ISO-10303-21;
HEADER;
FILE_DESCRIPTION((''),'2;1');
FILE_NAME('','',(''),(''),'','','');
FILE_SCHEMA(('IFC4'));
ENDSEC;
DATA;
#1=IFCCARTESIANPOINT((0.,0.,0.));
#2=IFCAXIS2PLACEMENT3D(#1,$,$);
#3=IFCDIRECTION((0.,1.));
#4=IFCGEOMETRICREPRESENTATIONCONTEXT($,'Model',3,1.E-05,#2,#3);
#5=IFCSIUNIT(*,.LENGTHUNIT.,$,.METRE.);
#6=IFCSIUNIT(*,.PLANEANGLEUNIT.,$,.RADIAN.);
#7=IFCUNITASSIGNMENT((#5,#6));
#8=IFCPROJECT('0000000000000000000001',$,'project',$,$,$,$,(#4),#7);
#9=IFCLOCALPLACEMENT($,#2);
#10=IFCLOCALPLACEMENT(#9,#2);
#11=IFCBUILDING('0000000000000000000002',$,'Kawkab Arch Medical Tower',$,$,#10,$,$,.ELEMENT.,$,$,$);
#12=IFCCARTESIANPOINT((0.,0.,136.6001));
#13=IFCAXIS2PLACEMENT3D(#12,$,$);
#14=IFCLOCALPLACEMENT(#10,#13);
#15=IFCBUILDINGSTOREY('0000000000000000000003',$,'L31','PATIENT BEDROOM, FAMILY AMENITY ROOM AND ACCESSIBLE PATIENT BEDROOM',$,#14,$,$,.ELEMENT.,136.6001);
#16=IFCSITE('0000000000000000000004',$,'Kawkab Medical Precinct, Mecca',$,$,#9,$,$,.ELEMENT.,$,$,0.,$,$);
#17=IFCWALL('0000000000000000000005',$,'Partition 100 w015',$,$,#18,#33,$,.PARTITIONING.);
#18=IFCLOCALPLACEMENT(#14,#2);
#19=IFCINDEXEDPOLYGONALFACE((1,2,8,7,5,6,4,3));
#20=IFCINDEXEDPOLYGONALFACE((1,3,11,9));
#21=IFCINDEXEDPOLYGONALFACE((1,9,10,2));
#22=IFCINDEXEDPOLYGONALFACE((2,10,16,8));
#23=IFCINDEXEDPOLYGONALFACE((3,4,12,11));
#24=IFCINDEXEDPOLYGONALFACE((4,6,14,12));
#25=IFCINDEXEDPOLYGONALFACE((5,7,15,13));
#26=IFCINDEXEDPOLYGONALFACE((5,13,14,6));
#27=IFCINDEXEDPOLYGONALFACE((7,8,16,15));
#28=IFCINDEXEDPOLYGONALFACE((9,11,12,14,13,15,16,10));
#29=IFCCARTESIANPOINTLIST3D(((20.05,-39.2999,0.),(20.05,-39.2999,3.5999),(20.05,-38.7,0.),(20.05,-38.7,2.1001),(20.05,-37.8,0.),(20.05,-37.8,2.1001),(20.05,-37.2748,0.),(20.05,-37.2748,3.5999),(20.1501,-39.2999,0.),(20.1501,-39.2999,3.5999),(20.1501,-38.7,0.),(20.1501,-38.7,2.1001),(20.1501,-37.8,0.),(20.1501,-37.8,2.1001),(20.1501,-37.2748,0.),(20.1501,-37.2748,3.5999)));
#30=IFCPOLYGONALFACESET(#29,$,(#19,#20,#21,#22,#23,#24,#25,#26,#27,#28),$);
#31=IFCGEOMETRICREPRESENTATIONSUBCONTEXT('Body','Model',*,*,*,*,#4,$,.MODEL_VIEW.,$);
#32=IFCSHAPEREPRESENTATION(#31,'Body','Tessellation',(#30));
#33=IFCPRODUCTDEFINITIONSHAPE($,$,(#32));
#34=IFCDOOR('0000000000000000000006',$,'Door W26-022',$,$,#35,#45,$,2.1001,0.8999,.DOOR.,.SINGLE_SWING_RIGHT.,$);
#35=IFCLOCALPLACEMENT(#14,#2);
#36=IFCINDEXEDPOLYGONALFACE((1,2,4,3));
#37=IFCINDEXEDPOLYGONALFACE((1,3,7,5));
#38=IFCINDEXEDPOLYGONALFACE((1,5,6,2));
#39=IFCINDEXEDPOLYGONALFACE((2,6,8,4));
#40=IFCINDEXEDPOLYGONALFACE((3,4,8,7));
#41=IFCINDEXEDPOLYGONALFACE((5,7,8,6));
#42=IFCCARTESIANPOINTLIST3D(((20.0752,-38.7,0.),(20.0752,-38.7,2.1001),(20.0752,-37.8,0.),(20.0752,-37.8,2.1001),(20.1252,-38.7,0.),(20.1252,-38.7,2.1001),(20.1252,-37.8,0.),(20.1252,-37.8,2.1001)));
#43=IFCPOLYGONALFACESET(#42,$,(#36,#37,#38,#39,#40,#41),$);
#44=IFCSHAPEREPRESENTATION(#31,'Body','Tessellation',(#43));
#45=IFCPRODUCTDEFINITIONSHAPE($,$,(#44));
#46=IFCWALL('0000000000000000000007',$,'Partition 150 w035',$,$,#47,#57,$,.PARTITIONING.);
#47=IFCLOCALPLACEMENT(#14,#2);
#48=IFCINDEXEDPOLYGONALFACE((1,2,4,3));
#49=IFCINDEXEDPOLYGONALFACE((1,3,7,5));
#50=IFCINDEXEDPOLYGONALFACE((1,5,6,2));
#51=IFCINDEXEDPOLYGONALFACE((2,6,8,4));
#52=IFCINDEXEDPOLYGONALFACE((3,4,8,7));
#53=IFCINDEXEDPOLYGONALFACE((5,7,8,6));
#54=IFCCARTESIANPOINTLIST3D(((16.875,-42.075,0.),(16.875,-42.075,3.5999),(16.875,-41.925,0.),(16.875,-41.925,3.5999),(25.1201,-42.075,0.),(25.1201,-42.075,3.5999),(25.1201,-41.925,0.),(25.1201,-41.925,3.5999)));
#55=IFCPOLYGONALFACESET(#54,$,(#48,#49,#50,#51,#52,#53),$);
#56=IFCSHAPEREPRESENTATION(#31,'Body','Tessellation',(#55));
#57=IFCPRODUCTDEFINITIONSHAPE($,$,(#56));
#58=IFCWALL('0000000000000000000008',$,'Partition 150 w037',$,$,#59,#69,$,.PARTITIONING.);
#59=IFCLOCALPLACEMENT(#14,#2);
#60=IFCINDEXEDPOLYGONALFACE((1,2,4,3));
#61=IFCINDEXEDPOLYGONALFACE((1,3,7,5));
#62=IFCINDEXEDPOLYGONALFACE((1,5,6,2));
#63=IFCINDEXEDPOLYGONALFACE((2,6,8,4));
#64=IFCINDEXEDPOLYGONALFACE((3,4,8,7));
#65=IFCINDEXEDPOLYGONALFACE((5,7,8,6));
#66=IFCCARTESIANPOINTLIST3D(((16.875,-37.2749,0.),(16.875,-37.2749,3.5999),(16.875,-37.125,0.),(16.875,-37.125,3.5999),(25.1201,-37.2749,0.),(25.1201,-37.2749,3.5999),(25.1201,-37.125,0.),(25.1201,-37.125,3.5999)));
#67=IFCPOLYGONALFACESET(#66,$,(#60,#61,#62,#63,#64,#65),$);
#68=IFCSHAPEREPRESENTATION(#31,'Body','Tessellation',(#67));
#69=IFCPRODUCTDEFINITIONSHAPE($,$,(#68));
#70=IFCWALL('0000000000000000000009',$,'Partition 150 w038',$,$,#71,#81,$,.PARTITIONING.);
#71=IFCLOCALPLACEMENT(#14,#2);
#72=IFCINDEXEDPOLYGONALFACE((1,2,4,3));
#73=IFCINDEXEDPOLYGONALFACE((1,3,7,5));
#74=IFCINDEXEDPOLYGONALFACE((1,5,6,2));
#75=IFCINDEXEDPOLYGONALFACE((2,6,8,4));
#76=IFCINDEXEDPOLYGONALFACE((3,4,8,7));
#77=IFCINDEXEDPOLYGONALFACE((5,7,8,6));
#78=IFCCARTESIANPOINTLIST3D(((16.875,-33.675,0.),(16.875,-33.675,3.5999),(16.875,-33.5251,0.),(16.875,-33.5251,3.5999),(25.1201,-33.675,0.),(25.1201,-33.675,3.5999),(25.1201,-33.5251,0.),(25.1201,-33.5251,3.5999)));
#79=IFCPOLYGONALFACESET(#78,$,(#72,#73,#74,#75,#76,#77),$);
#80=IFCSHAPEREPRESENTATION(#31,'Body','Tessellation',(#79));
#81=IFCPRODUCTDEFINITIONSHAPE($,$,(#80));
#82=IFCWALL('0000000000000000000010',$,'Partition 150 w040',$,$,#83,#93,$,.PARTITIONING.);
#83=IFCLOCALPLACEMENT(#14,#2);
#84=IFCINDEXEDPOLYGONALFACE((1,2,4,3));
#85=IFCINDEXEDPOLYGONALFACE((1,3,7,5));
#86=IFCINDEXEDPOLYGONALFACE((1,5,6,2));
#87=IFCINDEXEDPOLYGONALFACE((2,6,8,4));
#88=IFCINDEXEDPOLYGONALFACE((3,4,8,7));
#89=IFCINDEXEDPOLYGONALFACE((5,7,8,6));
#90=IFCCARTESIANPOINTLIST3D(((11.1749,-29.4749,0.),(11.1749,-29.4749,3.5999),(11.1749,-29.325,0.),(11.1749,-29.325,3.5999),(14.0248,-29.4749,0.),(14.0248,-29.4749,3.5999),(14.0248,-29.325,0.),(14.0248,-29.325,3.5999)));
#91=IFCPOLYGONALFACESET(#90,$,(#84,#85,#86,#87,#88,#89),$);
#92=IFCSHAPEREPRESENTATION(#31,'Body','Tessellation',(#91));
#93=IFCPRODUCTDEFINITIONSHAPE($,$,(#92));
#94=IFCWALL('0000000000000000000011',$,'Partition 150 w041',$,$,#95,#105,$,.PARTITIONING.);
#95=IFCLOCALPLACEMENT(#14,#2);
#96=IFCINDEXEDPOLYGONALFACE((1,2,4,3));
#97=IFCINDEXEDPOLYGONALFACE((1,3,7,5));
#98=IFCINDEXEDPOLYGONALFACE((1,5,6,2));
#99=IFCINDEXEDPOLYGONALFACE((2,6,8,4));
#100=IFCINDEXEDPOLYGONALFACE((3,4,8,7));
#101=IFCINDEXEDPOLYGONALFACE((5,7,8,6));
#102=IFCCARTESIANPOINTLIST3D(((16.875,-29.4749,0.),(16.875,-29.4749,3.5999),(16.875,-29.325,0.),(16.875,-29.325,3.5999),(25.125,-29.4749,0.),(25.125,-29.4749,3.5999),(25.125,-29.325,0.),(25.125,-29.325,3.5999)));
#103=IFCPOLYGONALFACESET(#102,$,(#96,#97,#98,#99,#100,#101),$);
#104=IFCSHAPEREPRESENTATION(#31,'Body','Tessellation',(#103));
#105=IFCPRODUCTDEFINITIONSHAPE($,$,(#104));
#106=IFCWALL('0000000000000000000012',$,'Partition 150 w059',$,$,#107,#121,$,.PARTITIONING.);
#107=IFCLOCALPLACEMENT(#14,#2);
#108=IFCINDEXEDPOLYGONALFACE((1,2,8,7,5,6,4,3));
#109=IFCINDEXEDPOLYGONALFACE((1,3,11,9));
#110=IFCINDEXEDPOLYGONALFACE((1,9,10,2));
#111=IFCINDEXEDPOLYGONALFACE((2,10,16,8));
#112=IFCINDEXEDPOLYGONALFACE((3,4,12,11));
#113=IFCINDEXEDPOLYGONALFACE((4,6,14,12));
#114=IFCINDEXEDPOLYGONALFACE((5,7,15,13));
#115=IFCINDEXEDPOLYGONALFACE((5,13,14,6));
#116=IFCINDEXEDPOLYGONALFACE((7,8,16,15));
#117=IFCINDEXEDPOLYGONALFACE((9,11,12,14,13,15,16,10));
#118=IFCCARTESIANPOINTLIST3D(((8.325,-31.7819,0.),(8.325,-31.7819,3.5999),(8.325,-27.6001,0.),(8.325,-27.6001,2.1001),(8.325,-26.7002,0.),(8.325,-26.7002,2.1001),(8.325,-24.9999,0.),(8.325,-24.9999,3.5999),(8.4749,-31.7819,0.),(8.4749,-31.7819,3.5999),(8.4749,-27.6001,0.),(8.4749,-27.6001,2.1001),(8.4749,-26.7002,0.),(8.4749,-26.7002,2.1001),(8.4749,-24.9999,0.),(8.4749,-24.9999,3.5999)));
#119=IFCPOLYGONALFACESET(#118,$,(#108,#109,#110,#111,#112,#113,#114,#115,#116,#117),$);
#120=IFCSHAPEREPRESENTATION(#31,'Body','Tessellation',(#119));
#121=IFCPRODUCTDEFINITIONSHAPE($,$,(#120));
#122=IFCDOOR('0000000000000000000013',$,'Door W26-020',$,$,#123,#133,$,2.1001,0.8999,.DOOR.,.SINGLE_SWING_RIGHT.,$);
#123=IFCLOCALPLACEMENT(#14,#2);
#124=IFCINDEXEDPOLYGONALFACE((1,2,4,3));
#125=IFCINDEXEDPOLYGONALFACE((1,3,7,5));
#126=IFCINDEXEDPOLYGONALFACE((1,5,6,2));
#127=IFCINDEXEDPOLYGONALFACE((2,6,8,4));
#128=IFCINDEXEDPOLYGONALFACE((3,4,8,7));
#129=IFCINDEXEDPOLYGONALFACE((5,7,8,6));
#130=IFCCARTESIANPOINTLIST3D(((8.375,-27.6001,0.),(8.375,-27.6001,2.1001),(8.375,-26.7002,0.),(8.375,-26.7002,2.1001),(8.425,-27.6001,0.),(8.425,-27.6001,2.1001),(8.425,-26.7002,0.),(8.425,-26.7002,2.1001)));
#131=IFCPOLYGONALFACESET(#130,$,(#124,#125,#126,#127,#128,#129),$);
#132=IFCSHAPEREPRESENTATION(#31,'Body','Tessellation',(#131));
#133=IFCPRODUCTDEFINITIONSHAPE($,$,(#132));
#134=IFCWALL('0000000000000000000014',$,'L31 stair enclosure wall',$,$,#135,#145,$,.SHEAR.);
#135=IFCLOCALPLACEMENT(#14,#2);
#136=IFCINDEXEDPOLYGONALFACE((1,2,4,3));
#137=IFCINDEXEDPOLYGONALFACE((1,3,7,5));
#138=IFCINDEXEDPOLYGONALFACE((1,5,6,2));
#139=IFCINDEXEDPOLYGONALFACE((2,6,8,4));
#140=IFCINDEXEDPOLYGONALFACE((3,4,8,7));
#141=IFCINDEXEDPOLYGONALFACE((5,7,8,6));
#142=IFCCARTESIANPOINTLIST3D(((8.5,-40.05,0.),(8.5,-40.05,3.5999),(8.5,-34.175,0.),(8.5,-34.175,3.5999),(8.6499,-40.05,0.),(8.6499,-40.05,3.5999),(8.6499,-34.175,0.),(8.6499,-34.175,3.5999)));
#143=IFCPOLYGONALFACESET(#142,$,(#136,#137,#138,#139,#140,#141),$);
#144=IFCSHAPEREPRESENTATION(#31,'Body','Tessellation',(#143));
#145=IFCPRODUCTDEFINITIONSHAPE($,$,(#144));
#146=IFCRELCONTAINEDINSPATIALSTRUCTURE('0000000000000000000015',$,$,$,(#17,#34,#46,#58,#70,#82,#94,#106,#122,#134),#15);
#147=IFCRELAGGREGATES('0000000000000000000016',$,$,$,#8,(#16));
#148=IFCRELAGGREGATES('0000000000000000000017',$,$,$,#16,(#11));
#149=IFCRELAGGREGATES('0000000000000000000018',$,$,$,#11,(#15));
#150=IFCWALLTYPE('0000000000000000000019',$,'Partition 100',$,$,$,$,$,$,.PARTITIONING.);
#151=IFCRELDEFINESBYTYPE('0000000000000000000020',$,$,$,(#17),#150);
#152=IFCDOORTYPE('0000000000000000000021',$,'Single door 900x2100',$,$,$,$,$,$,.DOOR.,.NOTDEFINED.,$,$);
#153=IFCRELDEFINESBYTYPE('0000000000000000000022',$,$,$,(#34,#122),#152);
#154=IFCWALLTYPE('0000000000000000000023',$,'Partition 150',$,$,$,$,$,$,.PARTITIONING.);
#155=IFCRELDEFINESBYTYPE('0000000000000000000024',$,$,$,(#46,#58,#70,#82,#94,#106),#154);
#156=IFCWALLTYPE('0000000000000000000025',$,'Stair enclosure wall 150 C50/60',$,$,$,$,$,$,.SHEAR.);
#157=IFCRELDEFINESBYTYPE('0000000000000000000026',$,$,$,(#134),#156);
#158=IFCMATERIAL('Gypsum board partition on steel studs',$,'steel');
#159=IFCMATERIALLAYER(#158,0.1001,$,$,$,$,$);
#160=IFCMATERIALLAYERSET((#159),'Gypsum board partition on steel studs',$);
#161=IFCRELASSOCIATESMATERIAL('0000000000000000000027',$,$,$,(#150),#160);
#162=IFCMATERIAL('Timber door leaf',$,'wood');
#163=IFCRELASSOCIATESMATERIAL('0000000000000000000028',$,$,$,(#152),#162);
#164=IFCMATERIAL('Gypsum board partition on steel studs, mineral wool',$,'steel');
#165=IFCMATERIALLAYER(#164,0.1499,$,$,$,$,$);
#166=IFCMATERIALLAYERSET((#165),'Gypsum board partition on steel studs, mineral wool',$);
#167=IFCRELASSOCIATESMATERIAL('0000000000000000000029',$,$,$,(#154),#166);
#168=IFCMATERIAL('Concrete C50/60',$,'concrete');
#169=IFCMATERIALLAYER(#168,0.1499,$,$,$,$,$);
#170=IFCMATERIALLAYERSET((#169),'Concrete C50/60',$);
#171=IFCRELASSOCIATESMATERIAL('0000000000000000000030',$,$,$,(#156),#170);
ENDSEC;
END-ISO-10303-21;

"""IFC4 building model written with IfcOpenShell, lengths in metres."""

from ifc_helpers import new_model, si_unit, direction, frame, frame_2d, origin, place, context, subcontext, project, spatial, rectangle, extrude, material, layer, layer_set, type_object, element, fill, save


model = new_model("IFC4")

# Units and contexts
model_context = context("Model", 3, precision=1e-05, world=origin(), true_north=direction((0.0, 1.0)))
body_context = subcontext(model_context, "Body", "Model", "MODEL_VIEW")
ifc_project = project(units=[si_unit("LENGTHUNIT", "METRE"), si_unit("PLANEANGLEUNIT", "RADIAN")], contexts=[model_context])

# Site, building, storey
site_placement = place(None, origin())
site = spatial("IfcSite", under=ifc_project, at=site_placement, Name="Kawkab Medical Precinct, Mecca", CompositionType="ELEMENT", RefElevation=0.0)
building_placement = place(site_placement, origin())
building = spatial("IfcBuilding", under=site, at=building_placement, Name="Kawkab Arch Medical Tower", CompositionType="ELEMENT")
storey_placement = place(building_placement, frame((0.0, 0.0, 136.6001)))
storey = spatial("IfcBuildingStorey", under=building, at=storey_placement, Name="L31", Description="PATIENT BEDROOM, FAMILY AMENITY ROOM AND ACCESSIBLE PATIENT BEDROOM", CompositionType="ELEMENT", Elevation=136.6001)

# Shared definitions
ifc_material_1 = material(Name="Gypsum board partition on steel studs", Category="steel")
ifc_layer_1 = layer(ifc_material_1, 0.1001)
ifc_layer_set_1 = layer_set([ifc_layer_1], Name="Gypsum board partition on steel studs")
wall_type_1 = type_object("IfcWallType", Name="Partition 100", PredefinedType="PARTITIONING", material=ifc_layer_set_1)

# Wall, opening, door
wall_1_placement = place(storey_placement, frame((20.1001, -39.3, 0.0), z_axis=(0.0, 0.0, 1.0), x_axis=(0.0, 1.0, 0.0)))
wall_1 = element("IfcWall", 1, at=wall_1_placement, inside=storey, type_object=wall_type_1, Name="Partition 100 w015", PredefinedType="PARTITIONING", context=body_context, shape_type="SweptSolid", body=[
    extrude(rectangle(XDim=2.0251, YDim=0.1001, at=frame_2d((1.0127, 0.0))), origin(), (0.0, 0.0, 1.0), 3.5999),
])
opening_1_placement = place(wall_1_placement, frame((0.6001, 0.0, 0.0)))
opening_1 = element("IfcOpeningElement", 2, at=opening_1_placement, cuts=wall_1, PredefinedType="OPENING", context=body_context, shape_type="SweptSolid", body=[
    extrude(rectangle(XDim=0.8999, YDim=2.1001, at=frame_2d((0.45, 1.05))), frame((0.0, 0.0601, 0.0), z_axis=(0.0, -1.0, 0.0), x_axis=(1.0, 0.0, 0.0)), (0.0, 0.0, 1.0), 0.1201),
])
ifc_material_2 = material(Name="Timber door leaf", Category="wood")
door_type_1 = type_object("IfcDoorType", Name="Single door 900x2100", OperationType="NOTDEFINED", PredefinedType="DOOR", material=ifc_material_2)
door_1_placement = place(opening_1_placement, origin())
door_1 = element("IfcDoor", 3, at=door_1_placement, inside=storey, type_object=door_type_1, Name="Door W26-022", OperationType="SINGLE_SWING_RIGHT", OverallHeight=2.1001, OverallWidth=0.8999, PredefinedType="DOOR", context=body_context, shape_type="SweptSolid", body=[
    extrude(rectangle(XDim=0.8999, YDim=2.1001, at=frame_2d((0.45, 1.05))), frame((0.0, 0.0249, 0.0), z_axis=(0.0, -1.0, 0.0), x_axis=(1.0, 0.0, 0.0)), (0.0, 0.0, 1.0), 0.05),
])
fill(opening_1, door_1)

# Walls
ifc_material_3 = material(Name="Gypsum board partition on steel studs, mineral wool", Category="steel")
ifc_layer_2 = layer(ifc_material_3, 0.1499)
ifc_layer_set_2 = layer_set([ifc_layer_2], Name="Gypsum board partition on steel studs, mineral wool")
wall_type_2 = type_object("IfcWallType", Name="Partition 150", PredefinedType="PARTITIONING", material=ifc_layer_set_2)
for number, where, z_axis, x_axis, name in (
    (4, (16.875, -42.0, 0.0), (0.0, 0.0, 1.0), (1.0, 0.0, 0.0), "Partition 150 w035"),
    (5, (16.875, -37.2, 0.0), (0.0, 0.0, 1.0), (1.0, 0.0, 0.0), "Partition 150 w037"),
    (6, (16.875, -33.6001, 0.0), (0.0, 0.0, 1.0), (1.0, 0.0, 0.0), "Partition 150 w038"),
):
    element("IfcWall", number, at=place(storey_placement, frame(where, z_axis=z_axis, x_axis=x_axis)), inside=storey, type_object=wall_type_2, Name=name, PredefinedType="PARTITIONING", context=body_context, shape_type="SweptSolid", body=[
        extrude(rectangle(XDim=8.2451, YDim=0.1499, at=frame_2d((4.1226, 0.0))), origin(), (0.0, 0.0, 1.0), 3.5999),
    ])
wall_2_placement = place(storey_placement, frame((11.175, -29.3999, 0.0), z_axis=(0.0, 0.0, 1.0), x_axis=(1.0, 0.0, 0.0)))
element("IfcWall", 7, at=wall_2_placement, inside=storey, type_object=wall_type_2, Name="Partition 150 w040", PredefinedType="PARTITIONING", context=body_context, shape_type="SweptSolid", body=[
    extrude(rectangle(XDim=2.8499, YDim=0.1499, at=frame_2d((1.4248, 0.0))), origin(), (0.0, 0.0, 1.0), 3.5999),
])
wall_3_placement = place(storey_placement, frame((16.875, -29.3999, 0.0), z_axis=(0.0, 0.0, 1.0), x_axis=(1.0, 0.0, 0.0)))
element("IfcWall", 8, at=wall_3_placement, inside=storey, type_object=wall_type_2, Name="Partition 150 w041", PredefinedType="PARTITIONING", context=body_context, shape_type="SweptSolid", body=[
    extrude(rectangle(XDim=8.25, YDim=0.1499, at=frame_2d((4.125, 0.0))), origin(), (0.0, 0.0, 1.0), 3.5999),
])

# Wall, opening, door
wall_4_placement = place(storey_placement, frame((8.3999, -31.782, 0.0), z_axis=(0.0, 0.0, 1.0), x_axis=(0.0, 1.0, 0.0)))
wall_4 = element("IfcWall", 9, at=wall_4_placement, inside=storey, type_object=wall_type_2, Name="Partition 150 w059", PredefinedType="PARTITIONING", context=body_context, shape_type="SweptSolid", body=[
    extrude(rectangle(XDim=6.782, YDim=0.1499, at=frame_2d((3.3911, 0.0))), origin(), (0.0, 0.0, 1.0), 3.5999),
])
opening_2_placement = place(wall_4_placement, frame((4.1819, 0.0, 0.0)))
opening_2 = element("IfcOpeningElement", 10, at=opening_2_placement, cuts=wall_4, PredefinedType="OPENING", context=body_context, shape_type="SweptSolid", body=[
    extrude(rectangle(XDim=0.8999, YDim=2.1001, at=frame_2d((0.45, 1.05))), frame((0.0, 0.085, 0.0), z_axis=(0.0, -1.0, 0.0), x_axis=(1.0, 0.0, 0.0)), (0.0, 0.0, 1.0), 0.1699),
])
door_2_placement = place(opening_2_placement, origin())
door_2 = element("IfcDoor", 11, at=door_2_placement, inside=storey, type_object=door_type_1, Name="Door W26-020", OperationType="SINGLE_SWING_RIGHT", OverallHeight=2.1001, OverallWidth=0.8999, PredefinedType="DOOR", context=body_context, shape_type="SweptSolid", body=[
    extrude(rectangle(XDim=0.8999, YDim=2.1001, at=frame_2d((0.45, 1.05))), frame((0.0, 0.0249, 0.0), z_axis=(0.0, -1.0, 0.0), x_axis=(1.0, 0.0, 0.0)), (0.0, 0.0, 1.0), 0.05),
])
fill(opening_2, door_2)

# Wall
ifc_material_4 = material(Name="Concrete C50/60", Category="concrete")
ifc_layer_3 = layer(ifc_material_4, 0.1499)
ifc_layer_set_3 = layer_set([ifc_layer_3], Name="Concrete C50/60")
wall_type_3 = type_object("IfcWallType", Name="Stair enclosure wall 150 C50/60", PredefinedType="SHEAR", material=ifc_layer_set_3)
wall_5_placement = place(storey_placement, frame((8.575, -40.05, 0.0), z_axis=(0.0, 0.0, 1.0), x_axis=(0.0, 1.0, 0.0)))
element("IfcWall", 12, at=wall_5_placement, inside=storey, type_object=wall_type_3, Name="L31 stair enclosure wall", PredefinedType="SHEAR", context=body_context, shape_type="SweptSolid", body=[
    extrude(rectangle(XDim=5.875, YDim=0.1499, at=frame_2d((2.9375, 0.0))), origin(), (0.0, 0.0, 1.0), 3.5999),
])

save(model, "model.ifc")
